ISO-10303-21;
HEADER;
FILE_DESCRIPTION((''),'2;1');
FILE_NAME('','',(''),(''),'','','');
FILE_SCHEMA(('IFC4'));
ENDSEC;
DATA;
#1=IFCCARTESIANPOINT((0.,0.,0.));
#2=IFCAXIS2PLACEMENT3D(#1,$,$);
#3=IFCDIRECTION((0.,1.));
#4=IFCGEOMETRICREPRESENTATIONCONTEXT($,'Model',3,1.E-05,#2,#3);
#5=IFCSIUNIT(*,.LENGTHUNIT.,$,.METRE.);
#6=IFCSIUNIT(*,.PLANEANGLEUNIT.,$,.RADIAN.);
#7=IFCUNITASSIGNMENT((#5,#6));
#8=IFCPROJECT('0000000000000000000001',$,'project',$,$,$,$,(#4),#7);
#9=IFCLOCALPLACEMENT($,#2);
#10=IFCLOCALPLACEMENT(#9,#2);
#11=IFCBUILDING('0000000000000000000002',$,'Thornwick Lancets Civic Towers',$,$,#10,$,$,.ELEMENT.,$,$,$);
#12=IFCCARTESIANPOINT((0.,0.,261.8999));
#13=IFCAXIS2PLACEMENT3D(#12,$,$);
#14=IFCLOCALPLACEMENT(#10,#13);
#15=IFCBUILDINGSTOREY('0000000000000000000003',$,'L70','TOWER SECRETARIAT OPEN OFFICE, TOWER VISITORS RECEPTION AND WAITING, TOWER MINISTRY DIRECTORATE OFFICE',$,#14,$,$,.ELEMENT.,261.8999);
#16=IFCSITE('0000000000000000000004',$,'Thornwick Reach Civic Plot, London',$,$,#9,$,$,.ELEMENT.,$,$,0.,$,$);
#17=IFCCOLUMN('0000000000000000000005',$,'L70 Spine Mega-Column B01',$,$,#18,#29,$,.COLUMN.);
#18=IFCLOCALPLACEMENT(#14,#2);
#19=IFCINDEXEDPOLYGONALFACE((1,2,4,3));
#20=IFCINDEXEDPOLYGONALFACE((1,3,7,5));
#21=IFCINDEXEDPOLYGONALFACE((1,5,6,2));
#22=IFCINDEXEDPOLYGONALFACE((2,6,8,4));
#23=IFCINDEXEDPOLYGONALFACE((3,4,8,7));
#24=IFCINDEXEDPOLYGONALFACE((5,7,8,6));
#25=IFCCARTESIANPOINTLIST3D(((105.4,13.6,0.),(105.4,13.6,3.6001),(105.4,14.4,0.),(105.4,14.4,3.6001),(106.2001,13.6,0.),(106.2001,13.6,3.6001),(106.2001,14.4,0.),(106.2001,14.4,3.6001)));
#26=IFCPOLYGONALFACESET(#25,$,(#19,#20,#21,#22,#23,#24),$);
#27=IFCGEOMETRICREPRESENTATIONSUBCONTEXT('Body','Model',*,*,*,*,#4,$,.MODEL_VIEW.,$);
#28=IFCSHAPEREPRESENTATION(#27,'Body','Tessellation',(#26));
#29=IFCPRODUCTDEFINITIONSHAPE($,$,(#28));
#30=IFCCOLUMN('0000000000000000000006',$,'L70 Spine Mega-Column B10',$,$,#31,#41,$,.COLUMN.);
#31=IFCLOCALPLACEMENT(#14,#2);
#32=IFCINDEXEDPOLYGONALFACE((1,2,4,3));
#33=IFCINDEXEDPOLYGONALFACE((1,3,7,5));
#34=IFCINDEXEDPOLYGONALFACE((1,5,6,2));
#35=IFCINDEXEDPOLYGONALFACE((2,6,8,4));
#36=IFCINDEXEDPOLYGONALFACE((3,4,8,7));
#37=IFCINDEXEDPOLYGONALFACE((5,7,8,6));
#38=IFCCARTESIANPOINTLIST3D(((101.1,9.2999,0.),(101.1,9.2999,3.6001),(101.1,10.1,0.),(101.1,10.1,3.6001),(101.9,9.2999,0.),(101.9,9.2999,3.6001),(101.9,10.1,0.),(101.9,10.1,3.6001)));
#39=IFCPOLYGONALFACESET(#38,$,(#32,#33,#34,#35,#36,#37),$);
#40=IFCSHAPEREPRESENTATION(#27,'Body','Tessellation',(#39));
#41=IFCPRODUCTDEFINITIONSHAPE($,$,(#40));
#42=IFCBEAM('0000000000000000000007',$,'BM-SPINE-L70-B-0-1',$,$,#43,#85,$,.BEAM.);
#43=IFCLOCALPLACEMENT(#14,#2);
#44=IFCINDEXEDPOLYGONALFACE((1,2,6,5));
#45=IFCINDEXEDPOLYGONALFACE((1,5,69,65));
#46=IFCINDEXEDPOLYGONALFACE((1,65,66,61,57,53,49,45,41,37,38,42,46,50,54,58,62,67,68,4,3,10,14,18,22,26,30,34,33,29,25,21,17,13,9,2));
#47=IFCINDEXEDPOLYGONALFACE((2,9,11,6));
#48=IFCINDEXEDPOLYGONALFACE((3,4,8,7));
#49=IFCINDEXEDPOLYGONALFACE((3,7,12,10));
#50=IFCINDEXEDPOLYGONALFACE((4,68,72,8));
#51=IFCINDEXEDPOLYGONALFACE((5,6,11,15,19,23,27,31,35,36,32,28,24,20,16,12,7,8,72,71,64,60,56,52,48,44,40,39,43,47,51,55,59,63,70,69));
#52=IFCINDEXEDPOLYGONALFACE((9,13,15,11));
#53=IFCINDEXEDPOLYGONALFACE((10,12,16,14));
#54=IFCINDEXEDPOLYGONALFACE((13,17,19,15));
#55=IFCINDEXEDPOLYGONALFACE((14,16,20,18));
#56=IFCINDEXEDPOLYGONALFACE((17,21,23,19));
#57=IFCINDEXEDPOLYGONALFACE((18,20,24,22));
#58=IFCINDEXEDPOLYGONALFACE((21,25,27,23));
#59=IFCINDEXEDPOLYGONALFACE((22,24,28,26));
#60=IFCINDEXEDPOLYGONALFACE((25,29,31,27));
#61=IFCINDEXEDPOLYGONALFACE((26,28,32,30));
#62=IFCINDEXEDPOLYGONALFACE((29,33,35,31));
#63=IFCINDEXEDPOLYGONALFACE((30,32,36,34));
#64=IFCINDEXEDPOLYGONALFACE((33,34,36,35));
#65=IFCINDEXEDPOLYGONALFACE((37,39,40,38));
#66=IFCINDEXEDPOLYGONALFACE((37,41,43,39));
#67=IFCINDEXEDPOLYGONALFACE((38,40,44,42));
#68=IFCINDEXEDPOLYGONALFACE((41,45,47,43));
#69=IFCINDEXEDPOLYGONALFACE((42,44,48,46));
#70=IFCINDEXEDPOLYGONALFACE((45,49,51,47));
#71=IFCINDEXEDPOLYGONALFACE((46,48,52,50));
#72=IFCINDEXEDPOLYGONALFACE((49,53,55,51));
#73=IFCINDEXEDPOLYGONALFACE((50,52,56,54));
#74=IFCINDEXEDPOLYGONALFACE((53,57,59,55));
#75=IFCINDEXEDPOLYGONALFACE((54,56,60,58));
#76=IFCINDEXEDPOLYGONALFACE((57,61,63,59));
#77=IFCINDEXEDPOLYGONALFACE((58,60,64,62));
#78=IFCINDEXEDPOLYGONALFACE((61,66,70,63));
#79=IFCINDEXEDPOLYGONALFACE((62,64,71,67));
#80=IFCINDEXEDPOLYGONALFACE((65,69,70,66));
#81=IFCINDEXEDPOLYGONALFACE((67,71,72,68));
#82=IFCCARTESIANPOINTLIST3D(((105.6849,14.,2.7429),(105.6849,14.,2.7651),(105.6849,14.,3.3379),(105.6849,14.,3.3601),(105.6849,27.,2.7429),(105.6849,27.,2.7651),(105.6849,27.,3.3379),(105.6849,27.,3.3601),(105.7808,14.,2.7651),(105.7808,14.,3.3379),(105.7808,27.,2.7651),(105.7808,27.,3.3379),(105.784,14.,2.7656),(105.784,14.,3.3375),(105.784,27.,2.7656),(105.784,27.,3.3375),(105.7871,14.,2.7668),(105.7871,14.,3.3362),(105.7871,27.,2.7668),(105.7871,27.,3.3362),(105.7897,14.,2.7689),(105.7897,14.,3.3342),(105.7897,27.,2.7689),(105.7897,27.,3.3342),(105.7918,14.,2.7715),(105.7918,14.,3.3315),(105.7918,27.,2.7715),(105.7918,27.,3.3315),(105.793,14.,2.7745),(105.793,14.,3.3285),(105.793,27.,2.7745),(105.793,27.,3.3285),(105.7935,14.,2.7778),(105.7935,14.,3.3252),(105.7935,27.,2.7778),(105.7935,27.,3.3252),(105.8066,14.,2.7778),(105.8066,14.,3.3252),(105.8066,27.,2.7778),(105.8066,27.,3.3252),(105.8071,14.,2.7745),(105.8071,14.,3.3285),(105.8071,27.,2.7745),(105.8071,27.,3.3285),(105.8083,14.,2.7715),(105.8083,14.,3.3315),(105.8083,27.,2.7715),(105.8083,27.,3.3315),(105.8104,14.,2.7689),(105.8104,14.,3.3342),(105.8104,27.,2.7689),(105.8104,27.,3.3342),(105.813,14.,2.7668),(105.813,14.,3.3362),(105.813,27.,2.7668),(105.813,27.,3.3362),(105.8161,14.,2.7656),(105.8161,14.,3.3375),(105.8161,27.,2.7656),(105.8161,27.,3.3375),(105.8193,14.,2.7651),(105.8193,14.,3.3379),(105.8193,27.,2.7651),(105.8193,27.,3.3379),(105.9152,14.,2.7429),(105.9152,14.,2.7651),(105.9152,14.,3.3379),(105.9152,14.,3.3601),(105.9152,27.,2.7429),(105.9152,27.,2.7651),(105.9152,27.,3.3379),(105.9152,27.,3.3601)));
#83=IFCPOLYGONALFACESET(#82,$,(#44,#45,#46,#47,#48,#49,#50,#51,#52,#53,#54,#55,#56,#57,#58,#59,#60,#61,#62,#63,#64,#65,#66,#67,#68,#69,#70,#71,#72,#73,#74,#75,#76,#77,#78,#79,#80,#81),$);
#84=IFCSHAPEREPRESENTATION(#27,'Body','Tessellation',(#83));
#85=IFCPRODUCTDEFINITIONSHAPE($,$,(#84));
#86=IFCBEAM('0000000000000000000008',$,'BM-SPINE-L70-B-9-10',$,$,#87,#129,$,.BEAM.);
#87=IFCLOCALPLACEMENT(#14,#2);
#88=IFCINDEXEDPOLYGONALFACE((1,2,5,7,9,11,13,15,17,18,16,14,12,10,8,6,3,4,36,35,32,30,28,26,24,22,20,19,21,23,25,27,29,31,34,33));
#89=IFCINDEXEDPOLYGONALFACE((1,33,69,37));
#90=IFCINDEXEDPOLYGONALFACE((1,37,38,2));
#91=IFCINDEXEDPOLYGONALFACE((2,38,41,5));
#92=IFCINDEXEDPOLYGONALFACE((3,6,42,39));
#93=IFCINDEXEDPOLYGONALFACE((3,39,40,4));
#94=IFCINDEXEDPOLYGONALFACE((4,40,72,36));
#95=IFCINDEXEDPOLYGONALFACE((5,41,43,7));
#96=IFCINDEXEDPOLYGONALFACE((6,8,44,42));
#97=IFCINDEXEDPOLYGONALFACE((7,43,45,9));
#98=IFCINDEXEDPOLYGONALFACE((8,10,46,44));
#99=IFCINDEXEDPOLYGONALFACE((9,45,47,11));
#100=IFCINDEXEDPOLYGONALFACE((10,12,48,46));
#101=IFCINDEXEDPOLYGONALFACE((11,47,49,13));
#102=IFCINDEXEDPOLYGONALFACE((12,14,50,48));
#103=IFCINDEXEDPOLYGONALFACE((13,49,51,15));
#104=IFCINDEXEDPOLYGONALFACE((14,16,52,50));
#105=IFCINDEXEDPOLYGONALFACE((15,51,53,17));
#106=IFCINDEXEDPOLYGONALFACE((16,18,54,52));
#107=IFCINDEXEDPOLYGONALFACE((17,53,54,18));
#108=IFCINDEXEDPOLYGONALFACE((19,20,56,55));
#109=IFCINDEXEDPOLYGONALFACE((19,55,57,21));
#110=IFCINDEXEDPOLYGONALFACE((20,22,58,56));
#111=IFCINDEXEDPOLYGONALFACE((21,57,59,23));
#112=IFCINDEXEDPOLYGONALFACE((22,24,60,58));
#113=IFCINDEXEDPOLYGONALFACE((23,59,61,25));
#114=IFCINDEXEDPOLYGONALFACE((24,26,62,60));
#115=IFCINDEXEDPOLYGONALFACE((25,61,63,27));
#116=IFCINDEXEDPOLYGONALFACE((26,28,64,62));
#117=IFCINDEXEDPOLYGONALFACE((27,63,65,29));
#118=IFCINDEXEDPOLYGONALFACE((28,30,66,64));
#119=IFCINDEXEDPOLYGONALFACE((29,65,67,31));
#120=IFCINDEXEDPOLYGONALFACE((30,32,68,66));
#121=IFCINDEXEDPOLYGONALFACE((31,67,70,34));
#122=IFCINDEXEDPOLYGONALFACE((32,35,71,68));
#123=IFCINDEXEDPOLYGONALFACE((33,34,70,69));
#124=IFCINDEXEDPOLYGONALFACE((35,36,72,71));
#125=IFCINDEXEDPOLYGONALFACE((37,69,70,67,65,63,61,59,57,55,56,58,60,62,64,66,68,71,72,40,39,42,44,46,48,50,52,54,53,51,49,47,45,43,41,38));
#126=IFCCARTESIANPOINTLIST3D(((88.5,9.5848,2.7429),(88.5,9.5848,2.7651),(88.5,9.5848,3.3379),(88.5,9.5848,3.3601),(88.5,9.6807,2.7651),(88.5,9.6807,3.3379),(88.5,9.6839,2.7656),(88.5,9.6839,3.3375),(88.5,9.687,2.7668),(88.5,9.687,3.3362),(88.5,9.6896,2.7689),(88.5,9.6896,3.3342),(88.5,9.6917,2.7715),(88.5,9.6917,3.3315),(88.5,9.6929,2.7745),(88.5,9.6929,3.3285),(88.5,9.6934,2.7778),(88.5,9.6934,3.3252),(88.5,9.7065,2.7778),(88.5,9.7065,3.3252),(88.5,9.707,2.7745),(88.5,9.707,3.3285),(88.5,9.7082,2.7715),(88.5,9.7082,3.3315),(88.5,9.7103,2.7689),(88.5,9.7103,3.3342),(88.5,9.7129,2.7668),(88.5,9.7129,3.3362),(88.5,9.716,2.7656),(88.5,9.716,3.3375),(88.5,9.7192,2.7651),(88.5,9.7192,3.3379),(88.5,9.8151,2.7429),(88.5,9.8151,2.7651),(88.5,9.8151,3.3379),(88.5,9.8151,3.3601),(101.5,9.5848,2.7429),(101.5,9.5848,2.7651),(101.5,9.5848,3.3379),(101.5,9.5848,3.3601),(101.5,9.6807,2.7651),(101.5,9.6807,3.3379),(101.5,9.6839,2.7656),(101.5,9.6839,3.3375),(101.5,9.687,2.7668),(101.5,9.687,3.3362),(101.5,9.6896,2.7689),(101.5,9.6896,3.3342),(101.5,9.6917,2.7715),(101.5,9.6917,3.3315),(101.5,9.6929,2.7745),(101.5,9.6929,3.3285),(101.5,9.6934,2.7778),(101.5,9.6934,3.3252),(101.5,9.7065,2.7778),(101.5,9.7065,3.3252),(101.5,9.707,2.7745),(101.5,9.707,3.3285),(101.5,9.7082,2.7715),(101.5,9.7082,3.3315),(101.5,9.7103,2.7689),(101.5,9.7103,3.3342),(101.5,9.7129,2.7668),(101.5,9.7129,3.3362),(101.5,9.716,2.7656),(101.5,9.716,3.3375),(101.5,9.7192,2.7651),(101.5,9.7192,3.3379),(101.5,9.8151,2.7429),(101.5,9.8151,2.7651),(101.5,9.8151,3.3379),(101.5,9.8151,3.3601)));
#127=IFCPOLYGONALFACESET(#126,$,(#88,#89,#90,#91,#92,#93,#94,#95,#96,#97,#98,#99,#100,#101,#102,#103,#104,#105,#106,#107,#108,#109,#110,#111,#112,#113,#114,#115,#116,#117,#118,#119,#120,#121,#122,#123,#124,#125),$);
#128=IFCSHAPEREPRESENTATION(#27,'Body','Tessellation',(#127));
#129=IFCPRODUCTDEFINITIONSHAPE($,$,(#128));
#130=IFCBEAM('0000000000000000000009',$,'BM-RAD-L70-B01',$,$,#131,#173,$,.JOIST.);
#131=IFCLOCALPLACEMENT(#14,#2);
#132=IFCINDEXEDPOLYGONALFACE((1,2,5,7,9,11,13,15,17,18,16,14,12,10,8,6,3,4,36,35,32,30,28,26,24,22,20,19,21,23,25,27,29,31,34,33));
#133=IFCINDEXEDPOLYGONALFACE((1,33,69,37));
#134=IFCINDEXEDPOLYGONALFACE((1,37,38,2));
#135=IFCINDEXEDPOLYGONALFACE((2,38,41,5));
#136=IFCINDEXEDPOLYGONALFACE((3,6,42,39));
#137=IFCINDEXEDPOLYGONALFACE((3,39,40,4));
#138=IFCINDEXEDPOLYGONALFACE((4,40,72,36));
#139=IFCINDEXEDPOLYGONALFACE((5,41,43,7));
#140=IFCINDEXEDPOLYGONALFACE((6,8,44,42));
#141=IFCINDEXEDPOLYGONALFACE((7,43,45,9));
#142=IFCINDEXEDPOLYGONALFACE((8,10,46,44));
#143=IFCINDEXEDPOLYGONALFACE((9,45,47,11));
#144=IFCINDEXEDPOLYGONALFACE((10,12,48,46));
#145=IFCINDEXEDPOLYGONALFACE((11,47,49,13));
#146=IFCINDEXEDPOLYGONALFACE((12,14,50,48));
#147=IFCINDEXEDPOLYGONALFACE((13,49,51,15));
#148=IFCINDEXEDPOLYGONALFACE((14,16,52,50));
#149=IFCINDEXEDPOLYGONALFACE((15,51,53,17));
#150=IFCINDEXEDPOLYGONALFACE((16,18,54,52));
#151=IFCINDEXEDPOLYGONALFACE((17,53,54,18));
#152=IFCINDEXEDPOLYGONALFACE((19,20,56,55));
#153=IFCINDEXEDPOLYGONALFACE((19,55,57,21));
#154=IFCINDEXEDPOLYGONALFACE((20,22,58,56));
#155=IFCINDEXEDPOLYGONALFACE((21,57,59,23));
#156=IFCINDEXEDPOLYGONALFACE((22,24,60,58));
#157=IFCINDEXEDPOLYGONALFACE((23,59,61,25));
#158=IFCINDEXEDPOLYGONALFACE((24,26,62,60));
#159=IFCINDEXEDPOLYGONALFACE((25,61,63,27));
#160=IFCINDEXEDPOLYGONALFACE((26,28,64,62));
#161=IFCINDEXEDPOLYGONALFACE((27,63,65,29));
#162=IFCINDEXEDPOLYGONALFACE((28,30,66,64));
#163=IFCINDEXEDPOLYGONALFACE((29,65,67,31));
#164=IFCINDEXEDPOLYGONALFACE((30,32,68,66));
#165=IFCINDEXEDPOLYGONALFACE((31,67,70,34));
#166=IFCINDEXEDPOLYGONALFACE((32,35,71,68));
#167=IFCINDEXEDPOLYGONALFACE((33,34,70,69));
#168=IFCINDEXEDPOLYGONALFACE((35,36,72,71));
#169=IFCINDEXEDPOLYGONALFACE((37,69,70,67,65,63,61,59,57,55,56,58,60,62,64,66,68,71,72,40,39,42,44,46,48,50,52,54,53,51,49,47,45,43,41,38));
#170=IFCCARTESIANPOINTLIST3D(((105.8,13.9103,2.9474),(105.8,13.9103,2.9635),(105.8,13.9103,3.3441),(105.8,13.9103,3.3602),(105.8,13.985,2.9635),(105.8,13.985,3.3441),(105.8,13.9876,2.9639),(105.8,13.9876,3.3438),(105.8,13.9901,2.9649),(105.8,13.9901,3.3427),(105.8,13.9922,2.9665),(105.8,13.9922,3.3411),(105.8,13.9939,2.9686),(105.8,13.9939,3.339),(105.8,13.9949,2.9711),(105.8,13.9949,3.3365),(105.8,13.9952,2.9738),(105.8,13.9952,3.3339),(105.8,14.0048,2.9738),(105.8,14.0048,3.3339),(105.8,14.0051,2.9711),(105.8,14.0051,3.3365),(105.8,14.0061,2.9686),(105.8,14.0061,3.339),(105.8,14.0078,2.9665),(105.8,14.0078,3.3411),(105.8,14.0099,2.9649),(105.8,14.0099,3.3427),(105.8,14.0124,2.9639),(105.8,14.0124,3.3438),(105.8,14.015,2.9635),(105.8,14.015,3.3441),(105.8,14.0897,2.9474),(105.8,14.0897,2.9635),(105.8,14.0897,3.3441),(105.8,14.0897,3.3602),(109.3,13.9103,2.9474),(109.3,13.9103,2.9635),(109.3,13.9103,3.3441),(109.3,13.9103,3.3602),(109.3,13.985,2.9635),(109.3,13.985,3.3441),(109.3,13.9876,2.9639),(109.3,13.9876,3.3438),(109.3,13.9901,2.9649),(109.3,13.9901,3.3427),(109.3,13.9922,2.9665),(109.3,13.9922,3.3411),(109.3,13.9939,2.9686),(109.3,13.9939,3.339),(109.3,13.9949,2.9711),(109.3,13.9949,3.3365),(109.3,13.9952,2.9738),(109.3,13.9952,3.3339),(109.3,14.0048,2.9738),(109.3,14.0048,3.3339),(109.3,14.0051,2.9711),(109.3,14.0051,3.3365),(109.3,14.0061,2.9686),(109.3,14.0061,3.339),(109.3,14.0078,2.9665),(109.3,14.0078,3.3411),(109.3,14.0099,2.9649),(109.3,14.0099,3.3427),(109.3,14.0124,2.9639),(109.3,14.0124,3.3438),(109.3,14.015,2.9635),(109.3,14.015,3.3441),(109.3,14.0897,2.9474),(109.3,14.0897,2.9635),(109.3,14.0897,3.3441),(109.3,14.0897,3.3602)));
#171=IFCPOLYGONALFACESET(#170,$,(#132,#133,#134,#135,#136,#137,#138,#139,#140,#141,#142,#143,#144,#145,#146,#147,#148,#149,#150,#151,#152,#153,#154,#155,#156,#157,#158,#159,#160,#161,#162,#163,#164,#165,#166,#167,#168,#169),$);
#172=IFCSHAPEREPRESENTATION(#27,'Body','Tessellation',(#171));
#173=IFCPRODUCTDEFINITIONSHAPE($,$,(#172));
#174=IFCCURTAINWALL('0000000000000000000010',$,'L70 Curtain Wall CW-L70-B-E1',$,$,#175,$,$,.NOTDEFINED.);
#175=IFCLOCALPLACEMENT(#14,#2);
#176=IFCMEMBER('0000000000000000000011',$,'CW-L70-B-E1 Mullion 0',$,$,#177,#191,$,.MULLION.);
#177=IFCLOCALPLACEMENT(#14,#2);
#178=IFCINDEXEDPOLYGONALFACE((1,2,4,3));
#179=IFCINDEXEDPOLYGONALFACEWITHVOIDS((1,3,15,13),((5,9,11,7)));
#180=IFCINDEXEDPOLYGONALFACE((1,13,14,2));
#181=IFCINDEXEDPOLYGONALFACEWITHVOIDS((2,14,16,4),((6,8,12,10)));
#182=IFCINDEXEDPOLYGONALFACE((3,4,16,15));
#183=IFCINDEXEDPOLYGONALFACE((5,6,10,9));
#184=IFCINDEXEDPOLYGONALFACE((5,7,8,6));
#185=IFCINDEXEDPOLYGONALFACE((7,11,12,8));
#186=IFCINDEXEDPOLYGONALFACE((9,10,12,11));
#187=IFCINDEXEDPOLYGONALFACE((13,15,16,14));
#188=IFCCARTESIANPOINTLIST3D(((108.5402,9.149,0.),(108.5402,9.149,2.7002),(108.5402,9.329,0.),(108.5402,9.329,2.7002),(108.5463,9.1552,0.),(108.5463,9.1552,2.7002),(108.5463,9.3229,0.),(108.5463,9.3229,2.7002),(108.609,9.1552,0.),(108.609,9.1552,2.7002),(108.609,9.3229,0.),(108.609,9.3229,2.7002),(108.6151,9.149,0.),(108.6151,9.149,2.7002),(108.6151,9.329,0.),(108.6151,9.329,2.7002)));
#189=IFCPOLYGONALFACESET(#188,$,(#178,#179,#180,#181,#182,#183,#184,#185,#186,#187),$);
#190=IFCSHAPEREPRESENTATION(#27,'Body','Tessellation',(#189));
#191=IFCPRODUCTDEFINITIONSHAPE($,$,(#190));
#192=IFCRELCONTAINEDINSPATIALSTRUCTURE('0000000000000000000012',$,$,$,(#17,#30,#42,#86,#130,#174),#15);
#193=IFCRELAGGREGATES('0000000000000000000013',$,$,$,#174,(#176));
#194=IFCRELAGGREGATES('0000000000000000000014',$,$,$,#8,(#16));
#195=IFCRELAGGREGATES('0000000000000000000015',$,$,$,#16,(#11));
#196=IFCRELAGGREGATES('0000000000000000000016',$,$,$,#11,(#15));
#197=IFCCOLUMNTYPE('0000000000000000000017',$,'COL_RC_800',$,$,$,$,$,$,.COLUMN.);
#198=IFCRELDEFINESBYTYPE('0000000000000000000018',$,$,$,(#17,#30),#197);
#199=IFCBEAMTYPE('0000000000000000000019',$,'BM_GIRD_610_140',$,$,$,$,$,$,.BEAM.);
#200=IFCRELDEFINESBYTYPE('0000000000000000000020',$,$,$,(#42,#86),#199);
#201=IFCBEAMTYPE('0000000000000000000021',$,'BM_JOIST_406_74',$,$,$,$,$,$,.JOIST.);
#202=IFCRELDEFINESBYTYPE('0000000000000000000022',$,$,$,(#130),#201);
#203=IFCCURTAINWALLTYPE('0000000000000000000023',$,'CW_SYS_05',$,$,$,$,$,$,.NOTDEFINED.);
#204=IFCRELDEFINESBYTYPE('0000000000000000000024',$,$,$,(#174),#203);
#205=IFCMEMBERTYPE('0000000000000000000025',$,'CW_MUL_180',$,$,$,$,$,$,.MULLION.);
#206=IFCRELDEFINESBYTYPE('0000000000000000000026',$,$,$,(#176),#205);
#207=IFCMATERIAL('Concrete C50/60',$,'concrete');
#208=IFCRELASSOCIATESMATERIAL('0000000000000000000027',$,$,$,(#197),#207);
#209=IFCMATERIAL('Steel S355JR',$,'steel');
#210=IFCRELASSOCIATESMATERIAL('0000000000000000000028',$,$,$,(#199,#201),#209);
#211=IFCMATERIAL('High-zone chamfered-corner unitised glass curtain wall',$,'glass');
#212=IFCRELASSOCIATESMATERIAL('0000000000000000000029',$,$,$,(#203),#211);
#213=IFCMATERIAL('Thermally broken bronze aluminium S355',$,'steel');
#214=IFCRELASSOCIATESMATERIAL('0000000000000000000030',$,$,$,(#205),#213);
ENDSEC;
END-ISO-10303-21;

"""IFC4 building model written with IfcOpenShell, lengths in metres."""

from ifc_helpers import new_model, si_unit, direction, frame, origin, origin_2d, place, context, subcontext, project, spatial, rectangle, hollow_rectangle, i_section, extrude, material, material_profile, profile_set, type_object, element, aggregate, save


model = new_model("IFC4")

# Units and contexts
model_context = context("Model", 3, precision=1e-05, world=origin(), true_north=direction((0.0, 1.0)))
body_context = subcontext(model_context, "Body", "Model", "MODEL_VIEW")
ifc_project = project(units=[si_unit("LENGTHUNIT", "METRE"), si_unit("PLANEANGLEUNIT", "RADIAN")], contexts=[model_context])

# Site, building, storey
site_placement = place(None, origin())
site = spatial("IfcSite", under=ifc_project, at=site_placement, Name="Thornwick Reach Civic Plot, London", CompositionType="ELEMENT", RefElevation=0.0)
building_placement = place(site_placement, origin())
building = spatial("IfcBuilding", under=site, at=building_placement, Name="Thornwick Lancets Civic Towers", CompositionType="ELEMENT")
storey_placement = place(building_placement, frame((0.0, 0.0, 261.8999)))
storey = spatial("IfcBuildingStorey", under=building, at=storey_placement, Name="L70", Description="TOWER SECRETARIAT OPEN OFFICE, TOWER VISITORS RECEPTION AND WAITING, TOWER MINISTRY DIRECTORATE OFFICE", CompositionType="ELEMENT", Elevation=261.8999)

# Columns
ifc_material_1 = material(Name="Concrete C50/60", Category="concrete")
ifc_material_profile_1 = material_profile(ifc_material_1, rectangle(XDim=0.8, YDim=0.8, at=origin_2d()), Name="RC 800x800")
ifc_profile_set_1 = profile_set([ifc_material_profile_1], Name="Concrete C50/60")
column_type = type_object("IfcColumnType", Name="COL_RC_800", PredefinedType="COLUMN", material=ifc_profile_set_1)
for number, where, z_axis, x_axis, name in (
    (1, (105.8, 14.0, 0.0), (0.0, 0.0, 1.0), (1.0, 0.0, 0.0), "L70 Spine Mega-Column B01"),
    (2, (101.5, 9.7, 0.0), (0.0, 0.0, 1.0), (1.0, 0.0, 0.0), "L70 Spine Mega-Column B10"),
):
    element("IfcColumn", number, at=place(storey_placement, frame(where, z_axis=z_axis, x_axis=x_axis)), inside=storey, type_object=column_type, Name=name, PredefinedType="COLUMN", context=body_context, shape_type="SweptSolid", body=[
        extrude(rectangle(XDim=0.8, YDim=0.8, at=origin_2d()), origin(), (0.0, 0.0, 1.0), 3.6001),
    ])

# Beams
ifc_material_2 = material(Name="Steel S355JR", Category="steel")
ifc_material_profile_2 = material_profile(ifc_material_2, i_section(OverallWidth=0.2302, OverallDepth=0.6172, WebThickness=0.0132, FlangeThickness=0.0222, FilletRadius=0.0127, at=origin_2d()), Name="UKB 610x229x140")
ifc_profile_set_2 = profile_set([ifc_material_profile_2], Name="Steel S355JR")
beam_type_1 = type_object("IfcBeamType", Name="BM_GIRD_610_140", PredefinedType="BEAM", material=ifc_profile_set_2)
for number, where, z_axis, x_axis, name in (
    (3, (105.8, 14.0, 3.0515), (0.0, 1.0, 0.0), (-1.0, 0.0, 0.0), "BM-SPINE-L70-B-0-1"),
    (4, (101.5, 9.7, 3.0515), (-1.0, 0.0, 0.0), (0.0, -1.0, 0.0), "BM-SPINE-L70-B-9-10"),
):
    element("IfcBeam", number, at=place(storey_placement, frame(where, z_axis=z_axis, x_axis=x_axis)), inside=storey, type_object=beam_type_1, Name=name, PredefinedType="BEAM", context=body_context, shape_type="SweptSolid", body=[
        extrude(i_section(OverallWidth=0.2302, OverallDepth=0.6172, WebThickness=0.0132, FlangeThickness=0.0222, FilletRadius=0.0127, at=origin_2d()), origin(), (0.0, 0.0, 1.0), 13.0),
    ])
ifc_material_profile_3 = material_profile(ifc_material_2, i_section(OverallWidth=0.1794, OverallDepth=0.4128, WebThickness=0.0095, FlangeThickness=0.0161, FilletRadius=0.0103, at=origin_2d()), Name="UKB 406x178x74")
ifc_profile_set_3 = profile_set([ifc_material_profile_3], Name="Steel S355JR")
beam_type_2 = type_object("IfcBeamType", Name="BM_JOIST_406_74", PredefinedType="JOIST", material=ifc_profile_set_3)
beam_placement = place(storey_placement, frame((105.8, 14.0, 3.1538), z_axis=(1.0, 0.0, 0.0), x_axis=(0.0, 1.0, 0.0)))
element("IfcBeam", 5, at=beam_placement, inside=storey, type_object=beam_type_2, Name="BM-RAD-L70-B01", PredefinedType="JOIST", context=body_context, shape_type="SweptSolid", body=[
    extrude(i_section(OverallWidth=0.1794, OverallDepth=0.4128, WebThickness=0.0095, FlangeThickness=0.0161, FilletRadius=0.0103, at=origin_2d()), origin(), (0.0, 0.0, 1.0), 3.5),
])

# Curtain wall, member
ifc_material_3 = material(Name="High-zone chamfered-corner unitised glass curtain wall", Category="glass")
curtain_wall_type = type_object("IfcCurtainWallType", Name="CW_SYS_05", PredefinedType="NOTDEFINED", material=ifc_material_3)
curtain_wall_placement = place(storey_placement, origin())
curtain_wall = element("IfcCurtainWall", 6, at=curtain_wall_placement, inside=storey, type_object=curtain_wall_type, Name="L70 Curtain Wall CW-L70-B-E1", PredefinedType="NOTDEFINED")
ifc_material_4 = material(Name="Thermally broken bronze aluminium S355", Category="steel")
ifc_material_profile_4 = material_profile(ifc_material_4, hollow_rectangle(XDim=0.075, YDim=0.1799, WallThickness=0.0061, at=origin_2d()), Name="RHS 180x75x6")
ifc_profile_set_4 = profile_set([ifc_material_profile_4], Name="Thermally broken bronze aluminium S355")
member_type_1 = type_object("IfcMemberType", Name="CW_MUL_180", PredefinedType="MULLION", material=ifc_profile_set_4)
member_1_placement = place(storey_placement, frame((108.5776, 9.239, 0.0), z_axis=(0.0, 0.0, 1.0), x_axis=(1.0, 0.0, 0.0)))
member_1 = element("IfcMember", 7, at=member_1_placement, type_object=member_type_1, Name="CW-L70-B-E1 Mullion 0", PredefinedType="MULLION", context=body_context, shape_type="SweptSolid", body=[
    extrude(hollow_rectangle(XDim=0.075, YDim=0.1799, WallThickness=0.0061, at=origin_2d()), origin(), (0.0, 0.0, 1.0), 2.7002),
])
aggregate(curtain_wall, [member_1])

save(model, "model.ifc")
